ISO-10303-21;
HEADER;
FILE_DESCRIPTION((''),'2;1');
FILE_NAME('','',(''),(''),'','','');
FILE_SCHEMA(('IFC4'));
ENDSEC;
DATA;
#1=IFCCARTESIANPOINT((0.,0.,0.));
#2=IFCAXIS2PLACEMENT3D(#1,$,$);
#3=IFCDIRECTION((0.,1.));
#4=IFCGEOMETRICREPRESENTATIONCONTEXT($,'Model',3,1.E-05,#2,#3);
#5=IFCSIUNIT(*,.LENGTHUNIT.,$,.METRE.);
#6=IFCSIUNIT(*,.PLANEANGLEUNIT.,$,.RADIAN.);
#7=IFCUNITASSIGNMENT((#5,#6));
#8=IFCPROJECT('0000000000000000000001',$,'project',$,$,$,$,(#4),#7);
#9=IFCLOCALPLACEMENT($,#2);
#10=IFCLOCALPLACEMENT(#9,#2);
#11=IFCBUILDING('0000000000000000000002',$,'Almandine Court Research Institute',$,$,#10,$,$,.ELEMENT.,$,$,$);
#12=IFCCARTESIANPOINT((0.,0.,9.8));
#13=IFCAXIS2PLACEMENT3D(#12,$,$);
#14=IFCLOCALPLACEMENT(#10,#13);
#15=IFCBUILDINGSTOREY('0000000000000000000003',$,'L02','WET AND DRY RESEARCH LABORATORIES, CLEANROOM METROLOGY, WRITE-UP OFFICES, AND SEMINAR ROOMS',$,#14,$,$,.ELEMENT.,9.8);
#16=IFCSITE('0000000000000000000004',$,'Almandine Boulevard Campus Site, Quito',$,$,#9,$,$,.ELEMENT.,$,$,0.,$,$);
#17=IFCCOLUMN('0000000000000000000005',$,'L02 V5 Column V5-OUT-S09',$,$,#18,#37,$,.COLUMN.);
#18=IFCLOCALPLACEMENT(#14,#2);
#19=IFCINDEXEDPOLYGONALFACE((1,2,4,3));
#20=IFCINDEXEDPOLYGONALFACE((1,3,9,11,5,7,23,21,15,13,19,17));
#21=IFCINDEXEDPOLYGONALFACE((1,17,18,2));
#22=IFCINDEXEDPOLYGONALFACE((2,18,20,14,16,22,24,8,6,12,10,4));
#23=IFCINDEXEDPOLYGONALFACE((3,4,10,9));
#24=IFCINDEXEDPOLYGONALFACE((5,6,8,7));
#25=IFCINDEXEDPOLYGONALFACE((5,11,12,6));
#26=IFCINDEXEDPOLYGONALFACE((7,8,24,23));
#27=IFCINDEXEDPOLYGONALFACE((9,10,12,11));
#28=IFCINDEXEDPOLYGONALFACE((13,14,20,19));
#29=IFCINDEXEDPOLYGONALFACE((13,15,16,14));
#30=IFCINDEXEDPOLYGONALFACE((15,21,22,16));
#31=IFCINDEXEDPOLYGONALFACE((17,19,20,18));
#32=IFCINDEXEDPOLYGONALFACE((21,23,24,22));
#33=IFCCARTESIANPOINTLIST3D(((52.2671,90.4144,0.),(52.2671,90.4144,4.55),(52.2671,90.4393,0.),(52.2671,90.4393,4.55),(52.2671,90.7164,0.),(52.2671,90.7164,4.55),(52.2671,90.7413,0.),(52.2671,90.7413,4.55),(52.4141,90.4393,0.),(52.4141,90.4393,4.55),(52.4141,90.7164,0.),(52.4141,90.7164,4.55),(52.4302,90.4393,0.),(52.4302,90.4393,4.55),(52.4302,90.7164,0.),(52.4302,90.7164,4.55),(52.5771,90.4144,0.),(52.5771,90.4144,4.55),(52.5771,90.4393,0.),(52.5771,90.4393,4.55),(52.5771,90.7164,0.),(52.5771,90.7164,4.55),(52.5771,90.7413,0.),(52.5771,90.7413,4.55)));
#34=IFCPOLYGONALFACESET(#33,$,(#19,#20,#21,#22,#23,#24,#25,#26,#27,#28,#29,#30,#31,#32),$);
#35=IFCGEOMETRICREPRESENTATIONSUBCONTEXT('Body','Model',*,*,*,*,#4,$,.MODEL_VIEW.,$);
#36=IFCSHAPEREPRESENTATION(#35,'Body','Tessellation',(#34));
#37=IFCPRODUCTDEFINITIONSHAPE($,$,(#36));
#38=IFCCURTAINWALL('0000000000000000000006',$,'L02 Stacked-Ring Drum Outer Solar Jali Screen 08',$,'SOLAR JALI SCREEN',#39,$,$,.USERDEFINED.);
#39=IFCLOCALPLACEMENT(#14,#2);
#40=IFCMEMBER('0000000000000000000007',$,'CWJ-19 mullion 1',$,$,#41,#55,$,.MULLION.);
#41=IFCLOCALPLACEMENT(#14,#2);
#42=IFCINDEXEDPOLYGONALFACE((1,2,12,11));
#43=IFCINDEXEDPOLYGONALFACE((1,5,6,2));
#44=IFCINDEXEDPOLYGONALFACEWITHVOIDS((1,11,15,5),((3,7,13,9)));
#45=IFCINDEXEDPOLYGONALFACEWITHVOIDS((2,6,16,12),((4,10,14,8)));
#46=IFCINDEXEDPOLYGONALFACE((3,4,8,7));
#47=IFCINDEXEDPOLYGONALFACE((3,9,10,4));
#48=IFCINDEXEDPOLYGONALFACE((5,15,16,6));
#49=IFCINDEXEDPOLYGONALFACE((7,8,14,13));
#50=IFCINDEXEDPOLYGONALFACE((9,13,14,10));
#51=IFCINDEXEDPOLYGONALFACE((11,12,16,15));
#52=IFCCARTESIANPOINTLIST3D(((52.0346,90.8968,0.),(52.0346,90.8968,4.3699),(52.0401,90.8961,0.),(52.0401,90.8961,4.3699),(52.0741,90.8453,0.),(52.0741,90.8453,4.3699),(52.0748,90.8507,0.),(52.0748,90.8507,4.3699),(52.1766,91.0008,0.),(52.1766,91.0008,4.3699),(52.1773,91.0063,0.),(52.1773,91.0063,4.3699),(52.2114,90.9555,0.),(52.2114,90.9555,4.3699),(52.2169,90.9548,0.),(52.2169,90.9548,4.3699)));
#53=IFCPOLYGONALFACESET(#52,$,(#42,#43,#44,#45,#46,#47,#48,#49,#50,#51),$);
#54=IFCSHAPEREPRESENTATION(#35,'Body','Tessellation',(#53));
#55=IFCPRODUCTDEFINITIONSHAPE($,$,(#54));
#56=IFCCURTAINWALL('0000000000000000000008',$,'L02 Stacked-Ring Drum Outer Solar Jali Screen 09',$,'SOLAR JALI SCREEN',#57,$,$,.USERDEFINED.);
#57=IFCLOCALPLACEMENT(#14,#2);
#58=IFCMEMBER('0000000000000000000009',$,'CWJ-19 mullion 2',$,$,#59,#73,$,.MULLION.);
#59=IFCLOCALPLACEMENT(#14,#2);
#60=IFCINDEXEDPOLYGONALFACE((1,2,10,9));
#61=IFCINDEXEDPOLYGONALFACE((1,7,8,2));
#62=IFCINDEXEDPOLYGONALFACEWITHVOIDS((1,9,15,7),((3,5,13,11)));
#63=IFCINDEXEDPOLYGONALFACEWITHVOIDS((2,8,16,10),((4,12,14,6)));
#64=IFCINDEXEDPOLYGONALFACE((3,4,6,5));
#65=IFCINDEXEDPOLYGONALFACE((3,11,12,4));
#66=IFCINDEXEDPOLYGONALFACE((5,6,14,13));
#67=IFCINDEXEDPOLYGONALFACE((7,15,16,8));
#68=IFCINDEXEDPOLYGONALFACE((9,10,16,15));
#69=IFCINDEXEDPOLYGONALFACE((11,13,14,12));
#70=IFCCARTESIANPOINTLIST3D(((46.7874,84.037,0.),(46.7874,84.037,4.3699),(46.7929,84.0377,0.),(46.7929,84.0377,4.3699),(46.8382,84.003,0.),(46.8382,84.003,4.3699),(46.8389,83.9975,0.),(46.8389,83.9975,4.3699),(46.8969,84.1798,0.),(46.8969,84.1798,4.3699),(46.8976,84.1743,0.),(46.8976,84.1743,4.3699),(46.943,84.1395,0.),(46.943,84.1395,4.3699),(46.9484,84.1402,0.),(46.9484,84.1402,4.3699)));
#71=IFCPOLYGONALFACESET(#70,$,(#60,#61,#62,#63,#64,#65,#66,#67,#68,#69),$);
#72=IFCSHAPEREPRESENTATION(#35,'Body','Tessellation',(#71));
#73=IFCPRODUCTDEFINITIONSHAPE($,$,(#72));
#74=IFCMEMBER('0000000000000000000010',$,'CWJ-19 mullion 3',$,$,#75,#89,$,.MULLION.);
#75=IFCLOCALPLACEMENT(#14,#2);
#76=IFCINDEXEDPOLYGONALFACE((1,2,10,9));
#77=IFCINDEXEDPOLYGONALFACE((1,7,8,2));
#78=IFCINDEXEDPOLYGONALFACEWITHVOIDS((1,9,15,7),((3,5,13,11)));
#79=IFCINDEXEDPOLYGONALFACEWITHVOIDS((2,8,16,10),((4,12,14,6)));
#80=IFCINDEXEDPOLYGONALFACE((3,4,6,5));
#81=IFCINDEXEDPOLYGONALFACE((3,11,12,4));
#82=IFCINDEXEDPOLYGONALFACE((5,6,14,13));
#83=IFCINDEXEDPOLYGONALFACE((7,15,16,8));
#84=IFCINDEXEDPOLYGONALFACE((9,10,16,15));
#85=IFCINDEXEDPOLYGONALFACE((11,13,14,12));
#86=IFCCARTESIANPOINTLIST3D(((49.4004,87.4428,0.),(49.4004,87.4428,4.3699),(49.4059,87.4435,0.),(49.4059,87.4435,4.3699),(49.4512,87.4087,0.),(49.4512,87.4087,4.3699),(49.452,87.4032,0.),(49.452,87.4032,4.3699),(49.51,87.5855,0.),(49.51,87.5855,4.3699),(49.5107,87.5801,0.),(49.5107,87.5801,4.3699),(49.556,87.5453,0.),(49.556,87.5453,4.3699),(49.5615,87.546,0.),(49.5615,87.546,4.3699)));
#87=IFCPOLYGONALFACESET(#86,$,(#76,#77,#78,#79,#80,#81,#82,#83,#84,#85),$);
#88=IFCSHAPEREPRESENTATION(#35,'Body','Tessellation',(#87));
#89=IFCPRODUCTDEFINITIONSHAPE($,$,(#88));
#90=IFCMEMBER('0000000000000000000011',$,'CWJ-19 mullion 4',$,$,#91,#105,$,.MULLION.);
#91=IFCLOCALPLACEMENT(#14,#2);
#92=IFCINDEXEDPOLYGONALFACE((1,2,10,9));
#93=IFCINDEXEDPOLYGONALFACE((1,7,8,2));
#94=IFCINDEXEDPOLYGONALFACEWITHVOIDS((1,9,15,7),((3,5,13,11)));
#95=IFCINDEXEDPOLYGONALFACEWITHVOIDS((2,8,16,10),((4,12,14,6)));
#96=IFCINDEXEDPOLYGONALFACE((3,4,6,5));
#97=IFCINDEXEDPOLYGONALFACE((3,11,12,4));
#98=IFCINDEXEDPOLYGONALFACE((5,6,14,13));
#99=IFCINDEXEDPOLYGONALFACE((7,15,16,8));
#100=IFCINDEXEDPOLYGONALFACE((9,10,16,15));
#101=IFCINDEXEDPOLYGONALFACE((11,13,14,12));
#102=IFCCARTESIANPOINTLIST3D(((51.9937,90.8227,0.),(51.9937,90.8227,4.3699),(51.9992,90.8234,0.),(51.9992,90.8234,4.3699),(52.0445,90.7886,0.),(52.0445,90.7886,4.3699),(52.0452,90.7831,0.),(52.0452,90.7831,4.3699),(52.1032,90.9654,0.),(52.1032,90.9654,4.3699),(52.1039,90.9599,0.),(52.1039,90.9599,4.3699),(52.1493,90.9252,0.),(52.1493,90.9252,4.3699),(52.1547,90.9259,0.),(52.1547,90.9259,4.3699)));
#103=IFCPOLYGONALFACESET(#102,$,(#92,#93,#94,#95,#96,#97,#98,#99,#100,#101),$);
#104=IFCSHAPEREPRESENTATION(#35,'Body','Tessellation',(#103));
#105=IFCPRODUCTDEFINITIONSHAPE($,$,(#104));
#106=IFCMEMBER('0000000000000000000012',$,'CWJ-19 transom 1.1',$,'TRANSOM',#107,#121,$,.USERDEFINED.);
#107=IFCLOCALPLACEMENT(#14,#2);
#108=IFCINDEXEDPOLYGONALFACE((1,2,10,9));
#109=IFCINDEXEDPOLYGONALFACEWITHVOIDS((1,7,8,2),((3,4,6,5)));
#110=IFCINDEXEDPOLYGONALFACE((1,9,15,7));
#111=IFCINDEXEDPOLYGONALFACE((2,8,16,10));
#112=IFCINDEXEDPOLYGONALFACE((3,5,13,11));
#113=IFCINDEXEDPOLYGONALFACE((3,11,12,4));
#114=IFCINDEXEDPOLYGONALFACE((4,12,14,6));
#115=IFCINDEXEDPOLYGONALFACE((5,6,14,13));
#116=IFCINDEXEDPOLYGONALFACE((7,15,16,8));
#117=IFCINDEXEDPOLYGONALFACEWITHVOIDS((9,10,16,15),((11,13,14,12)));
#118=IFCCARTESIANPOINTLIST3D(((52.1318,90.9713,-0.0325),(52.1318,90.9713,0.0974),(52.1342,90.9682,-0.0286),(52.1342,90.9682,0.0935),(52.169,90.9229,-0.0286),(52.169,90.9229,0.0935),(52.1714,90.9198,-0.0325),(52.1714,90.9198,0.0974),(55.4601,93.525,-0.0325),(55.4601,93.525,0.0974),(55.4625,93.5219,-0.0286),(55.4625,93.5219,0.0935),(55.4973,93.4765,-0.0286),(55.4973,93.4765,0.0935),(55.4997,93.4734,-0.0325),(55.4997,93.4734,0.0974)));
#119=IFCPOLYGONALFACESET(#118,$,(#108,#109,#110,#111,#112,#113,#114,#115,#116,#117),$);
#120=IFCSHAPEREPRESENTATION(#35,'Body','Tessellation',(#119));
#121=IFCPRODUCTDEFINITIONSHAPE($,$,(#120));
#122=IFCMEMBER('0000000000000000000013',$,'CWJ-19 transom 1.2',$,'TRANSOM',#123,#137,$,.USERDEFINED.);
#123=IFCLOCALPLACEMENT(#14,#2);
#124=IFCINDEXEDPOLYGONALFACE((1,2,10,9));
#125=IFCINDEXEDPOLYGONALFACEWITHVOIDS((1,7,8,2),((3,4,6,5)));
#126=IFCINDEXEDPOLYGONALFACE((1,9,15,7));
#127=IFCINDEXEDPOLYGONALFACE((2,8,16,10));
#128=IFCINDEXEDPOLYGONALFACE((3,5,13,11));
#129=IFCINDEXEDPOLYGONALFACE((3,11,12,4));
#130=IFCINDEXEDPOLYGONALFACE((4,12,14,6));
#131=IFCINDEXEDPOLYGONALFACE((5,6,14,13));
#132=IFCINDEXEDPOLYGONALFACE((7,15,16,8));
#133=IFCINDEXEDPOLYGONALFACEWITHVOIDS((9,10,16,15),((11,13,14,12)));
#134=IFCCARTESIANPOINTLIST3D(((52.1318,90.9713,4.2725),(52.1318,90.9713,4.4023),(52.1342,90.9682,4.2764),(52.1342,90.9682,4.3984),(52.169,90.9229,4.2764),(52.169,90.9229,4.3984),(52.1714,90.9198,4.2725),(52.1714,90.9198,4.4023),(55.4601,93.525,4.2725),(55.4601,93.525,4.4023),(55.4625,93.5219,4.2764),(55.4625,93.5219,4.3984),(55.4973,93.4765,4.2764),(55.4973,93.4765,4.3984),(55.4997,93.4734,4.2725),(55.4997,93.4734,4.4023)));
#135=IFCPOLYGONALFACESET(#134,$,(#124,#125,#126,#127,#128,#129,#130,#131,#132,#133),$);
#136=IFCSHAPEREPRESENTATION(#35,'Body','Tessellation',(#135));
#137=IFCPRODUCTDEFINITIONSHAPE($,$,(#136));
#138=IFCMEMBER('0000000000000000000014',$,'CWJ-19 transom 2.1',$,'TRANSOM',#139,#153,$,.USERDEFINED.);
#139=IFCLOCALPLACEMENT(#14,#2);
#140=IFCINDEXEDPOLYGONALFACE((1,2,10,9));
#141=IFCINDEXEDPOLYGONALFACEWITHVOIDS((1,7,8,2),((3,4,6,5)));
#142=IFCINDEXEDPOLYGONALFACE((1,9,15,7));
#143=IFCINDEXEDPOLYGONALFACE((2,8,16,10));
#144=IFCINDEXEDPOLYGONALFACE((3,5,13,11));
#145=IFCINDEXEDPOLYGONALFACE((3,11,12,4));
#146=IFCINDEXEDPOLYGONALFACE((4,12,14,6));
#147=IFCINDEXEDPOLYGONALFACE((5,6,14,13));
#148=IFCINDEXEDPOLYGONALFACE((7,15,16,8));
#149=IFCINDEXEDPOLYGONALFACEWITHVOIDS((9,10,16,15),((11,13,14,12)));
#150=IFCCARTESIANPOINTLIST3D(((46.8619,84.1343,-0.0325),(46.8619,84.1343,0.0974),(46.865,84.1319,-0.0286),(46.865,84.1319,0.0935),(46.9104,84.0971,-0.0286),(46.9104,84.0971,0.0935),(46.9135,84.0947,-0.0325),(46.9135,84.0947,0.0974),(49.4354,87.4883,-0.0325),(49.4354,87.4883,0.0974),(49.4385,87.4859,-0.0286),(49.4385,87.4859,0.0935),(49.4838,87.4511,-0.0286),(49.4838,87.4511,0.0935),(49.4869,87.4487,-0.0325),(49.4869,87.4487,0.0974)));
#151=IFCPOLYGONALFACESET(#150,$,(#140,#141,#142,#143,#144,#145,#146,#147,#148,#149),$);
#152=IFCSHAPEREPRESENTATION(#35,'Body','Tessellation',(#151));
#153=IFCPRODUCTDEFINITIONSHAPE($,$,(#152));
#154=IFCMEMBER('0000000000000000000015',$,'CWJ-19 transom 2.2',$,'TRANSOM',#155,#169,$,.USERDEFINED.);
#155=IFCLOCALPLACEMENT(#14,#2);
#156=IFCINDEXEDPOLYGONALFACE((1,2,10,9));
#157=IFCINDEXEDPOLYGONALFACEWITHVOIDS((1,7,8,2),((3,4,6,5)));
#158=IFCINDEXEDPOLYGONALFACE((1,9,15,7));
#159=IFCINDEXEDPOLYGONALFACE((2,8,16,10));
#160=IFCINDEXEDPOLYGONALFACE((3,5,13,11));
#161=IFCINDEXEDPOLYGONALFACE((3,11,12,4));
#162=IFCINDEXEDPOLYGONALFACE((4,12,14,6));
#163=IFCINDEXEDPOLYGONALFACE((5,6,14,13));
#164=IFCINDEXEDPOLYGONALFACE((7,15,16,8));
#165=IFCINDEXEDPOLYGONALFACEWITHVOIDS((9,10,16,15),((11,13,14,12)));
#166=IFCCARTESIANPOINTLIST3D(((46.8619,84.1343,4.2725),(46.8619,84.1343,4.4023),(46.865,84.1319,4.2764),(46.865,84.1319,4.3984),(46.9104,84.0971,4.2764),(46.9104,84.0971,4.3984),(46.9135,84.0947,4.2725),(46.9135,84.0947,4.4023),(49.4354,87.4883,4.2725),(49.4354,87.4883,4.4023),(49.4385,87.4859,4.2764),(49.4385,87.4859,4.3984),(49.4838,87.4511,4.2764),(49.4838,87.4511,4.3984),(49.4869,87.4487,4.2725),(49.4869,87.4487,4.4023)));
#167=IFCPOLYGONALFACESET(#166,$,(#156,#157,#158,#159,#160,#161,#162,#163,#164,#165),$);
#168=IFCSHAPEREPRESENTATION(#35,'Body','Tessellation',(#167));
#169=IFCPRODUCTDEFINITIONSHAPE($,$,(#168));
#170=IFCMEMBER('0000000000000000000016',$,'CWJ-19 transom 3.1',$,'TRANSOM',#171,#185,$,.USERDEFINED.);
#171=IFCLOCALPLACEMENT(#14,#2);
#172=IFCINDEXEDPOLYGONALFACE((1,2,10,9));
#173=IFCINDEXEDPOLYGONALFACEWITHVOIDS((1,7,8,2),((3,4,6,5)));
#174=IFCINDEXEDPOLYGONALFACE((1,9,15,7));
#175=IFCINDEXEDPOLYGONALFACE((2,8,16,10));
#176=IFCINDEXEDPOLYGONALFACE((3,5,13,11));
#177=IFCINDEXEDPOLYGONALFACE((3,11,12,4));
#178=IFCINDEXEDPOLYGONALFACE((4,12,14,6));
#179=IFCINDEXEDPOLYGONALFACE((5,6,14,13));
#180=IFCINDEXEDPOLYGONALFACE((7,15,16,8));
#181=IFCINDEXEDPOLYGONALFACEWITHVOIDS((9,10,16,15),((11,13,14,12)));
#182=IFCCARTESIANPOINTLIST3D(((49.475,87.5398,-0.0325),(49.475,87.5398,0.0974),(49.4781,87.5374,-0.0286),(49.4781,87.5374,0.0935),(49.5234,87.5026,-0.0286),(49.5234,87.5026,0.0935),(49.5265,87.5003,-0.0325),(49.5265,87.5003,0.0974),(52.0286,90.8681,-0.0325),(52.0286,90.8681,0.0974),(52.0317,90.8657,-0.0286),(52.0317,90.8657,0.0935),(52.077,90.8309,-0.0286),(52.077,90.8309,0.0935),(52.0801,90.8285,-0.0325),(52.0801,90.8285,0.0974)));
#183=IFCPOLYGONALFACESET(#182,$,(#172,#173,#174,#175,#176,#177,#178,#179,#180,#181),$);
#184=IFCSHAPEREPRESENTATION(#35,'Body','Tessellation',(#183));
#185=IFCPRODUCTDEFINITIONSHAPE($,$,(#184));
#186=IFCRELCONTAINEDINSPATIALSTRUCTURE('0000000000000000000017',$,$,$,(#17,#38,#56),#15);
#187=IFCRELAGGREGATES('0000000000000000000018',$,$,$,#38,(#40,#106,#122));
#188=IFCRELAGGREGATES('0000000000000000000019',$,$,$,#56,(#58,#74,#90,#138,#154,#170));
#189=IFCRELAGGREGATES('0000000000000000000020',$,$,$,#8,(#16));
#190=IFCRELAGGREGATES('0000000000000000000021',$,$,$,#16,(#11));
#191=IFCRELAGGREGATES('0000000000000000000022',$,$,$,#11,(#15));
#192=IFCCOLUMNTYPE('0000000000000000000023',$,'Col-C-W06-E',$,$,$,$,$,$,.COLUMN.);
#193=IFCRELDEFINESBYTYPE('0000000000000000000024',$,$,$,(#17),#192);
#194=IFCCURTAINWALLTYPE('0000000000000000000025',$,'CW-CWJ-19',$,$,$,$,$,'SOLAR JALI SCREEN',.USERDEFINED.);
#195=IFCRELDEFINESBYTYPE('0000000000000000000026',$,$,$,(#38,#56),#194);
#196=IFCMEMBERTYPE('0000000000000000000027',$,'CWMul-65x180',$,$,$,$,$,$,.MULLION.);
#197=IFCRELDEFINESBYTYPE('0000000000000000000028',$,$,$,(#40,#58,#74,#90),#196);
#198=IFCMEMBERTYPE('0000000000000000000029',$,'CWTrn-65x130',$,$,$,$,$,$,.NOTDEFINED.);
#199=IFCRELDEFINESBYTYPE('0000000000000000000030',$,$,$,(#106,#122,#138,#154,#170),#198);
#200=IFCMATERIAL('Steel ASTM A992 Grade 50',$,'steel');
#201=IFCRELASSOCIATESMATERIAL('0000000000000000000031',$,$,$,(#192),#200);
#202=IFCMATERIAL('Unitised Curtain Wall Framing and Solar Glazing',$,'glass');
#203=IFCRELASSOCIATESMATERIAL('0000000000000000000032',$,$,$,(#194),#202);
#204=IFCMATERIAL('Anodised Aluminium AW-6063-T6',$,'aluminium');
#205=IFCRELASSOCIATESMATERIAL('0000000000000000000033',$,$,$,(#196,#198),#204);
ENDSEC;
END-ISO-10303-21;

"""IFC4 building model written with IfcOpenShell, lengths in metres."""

from ifc_helpers import new_model, si_unit, direction, frame, origin, origin_2d, place, context, subcontext, project, spatial, hollow_rectangle, i_section, extrude, material, material_profile, profile_set, type_object, element, aggregate, save


model = new_model("IFC4")

# Units and contexts
model_context = context("Model", 3, precision=1e-05, world=origin(), true_north=direction((0.0, 1.0)))
body_context = subcontext(model_context, "Body", "Model", "MODEL_VIEW")
ifc_project = project(units=[si_unit("LENGTHUNIT", "METRE"), si_unit("PLANEANGLEUNIT", "RADIAN")], contexts=[model_context])

# Site, building, storey
site_placement = place(None, origin())
site = spatial("IfcSite", under=ifc_project, at=site_placement, Name="Almandine Boulevard Campus Site, Quito", CompositionType="ELEMENT", RefElevation=0.0)
building_placement = place(site_placement, origin())
building = spatial("IfcBuilding", under=site, at=building_placement, Name="Almandine Court Research Institute", CompositionType="ELEMENT")
storey_placement = place(building_placement, frame((0.0, 0.0, 9.8)))
storey = spatial("IfcBuildingStorey", under=building, at=storey_placement, Name="L02", Description="WET AND DRY RESEARCH LABORATORIES, CLEANROOM METROLOGY, WRITE-UP OFFICES, AND SEMINAR ROOMS", CompositionType="ELEMENT", Elevation=9.8)

# Column
ifc_material_1 = material(Name="Steel ASTM A992 Grade 50", Category="steel")
ifc_material_profile_1 = material_profile(ifc_material_1, i_section(OverallWidth=0.3101, OverallDepth=0.3269, WebThickness=0.0161, FlangeThickness=0.0249, at=origin_2d()), Name="W310x158")
ifc_profile_set_1 = profile_set([ifc_material_profile_1], Name="Steel ASTM A992 Grade 50")
column_type = type_object("IfcColumnType", Name="Col-C-W06-E", PredefinedType="COLUMN", material=ifc_profile_set_1)
column_placement = place(storey_placement, frame((52.4221, 90.5779, 0.0), z_axis=(0.0, 0.0, 1.0), x_axis=(1.0, 0.0, 0.0)))
element("IfcColumn", 1, at=column_placement, inside=storey, type_object=column_type, Name="L02 V5 Column V5-OUT-S09", PredefinedType="COLUMN", context=body_context, shape_type="SweptSolid", body=[
    extrude(i_section(OverallWidth=0.3101, OverallDepth=0.3269, WebThickness=0.0161, FlangeThickness=0.0249, at=origin_2d()), origin(), (0.0, 0.0, 1.0), 4.55),
])

# Curtain wall, member
ifc_material_2 = material(Name="Unitised Curtain Wall Framing and Solar Glazing", Category="glass")
curtain_wall_type = type_object("IfcCurtainWallType", Name="CW-CWJ-19", ElementType="SOLAR JALI SCREEN", PredefinedType="USERDEFINED", material=ifc_material_2)
curtain_wall_1_placement = place(storey_placement, origin())
curtain_wall_1 = element("IfcCurtainWall", 2, at=curtain_wall_1_placement, inside=storey, type_object=curtain_wall_type, Name="L02 Stacked-Ring Drum Outer Solar Jali Screen 08", ObjectType="SOLAR JALI SCREEN", PredefinedType="USERDEFINED")
ifc_material_3 = material(Name="Anodised Aluminium AW-6063-T6", Category="aluminium")
ifc_material_profile_2 = material_profile(ifc_material_3, hollow_rectangle(XDim=0.0649, YDim=0.1799, WallThickness=0.0039, at=origin_2d()), Name="ALU RHS 65x180x4")
ifc_profile_set_2 = profile_set([ifc_material_profile_2], Name="Anodised Aluminium AW-6063-T6")
member_type_1 = type_object("IfcMemberType", Name="CWMul-65x180", PredefinedType="MULLION", material=ifc_profile_set_2)
member_1_placement = place(storey_placement, frame((52.1257, 90.9258, 0.0), z_axis=(0.0, 0.0, 1.0), x_axis=(-0.608723, 0.793383, 0.0)))
member_1 = element("IfcMember", 3, at=member_1_placement, type_object=member_type_1, Name="CWJ-19 mullion 1", PredefinedType="MULLION", context=body_context, shape_type="SweptSolid", body=[
    extrude(hollow_rectangle(XDim=0.0649, YDim=0.1799, WallThickness=0.0039, at=origin_2d()), origin(), (0.0, 0.0, 1.0), 4.3699),
])

# Curtain wall, members
curtain_wall_2_placement = place(storey_placement, origin())
curtain_wall_2 = element("IfcCurtainWall", 4, at=curtain_wall_2_placement, inside=storey, type_object=curtain_wall_type, Name="L02 Stacked-Ring Drum Outer Solar Jali Screen 09", ObjectType="SOLAR JALI SCREEN", PredefinedType="USERDEFINED")
member_2_placement = place(storey_placement, frame((46.8679, 84.0886, 0.0), z_axis=(0.0, 0.0, 1.0), x_axis=(-0.793383, 0.608723, 0.0)))
member_2 = element("IfcMember", 5, at=member_2_placement, type_object=member_type_1, Name="CWJ-19 mullion 2", PredefinedType="MULLION", context=body_context, shape_type="SweptSolid", body=[
    extrude(hollow_rectangle(XDim=0.0649, YDim=0.1799, WallThickness=0.0039, at=origin_2d()), origin(), (0.0, 0.0, 1.0), 4.3699),
])
member_3_placement = place(storey_placement, frame((49.481, 87.4944, 0.0), z_axis=(0.0, 0.0, 1.0), x_axis=(-0.793383, 0.608723, 0.0)))
member_3 = element("IfcMember", 6, at=member_3_placement, type_object=member_type_1, Name="CWJ-19 mullion 3", PredefinedType="MULLION", context=body_context, shape_type="SweptSolid", body=[
    extrude(hollow_rectangle(XDim=0.0649, YDim=0.1799, WallThickness=0.0039, at=origin_2d()), origin(), (0.0, 0.0, 1.0), 4.3699),
])
member_4_placement = place(storey_placement, frame((52.0742, 90.8743, 0.0), z_axis=(0.0, 0.0, 1.0), x_axis=(-0.793383, 0.608723, 0.0)))
member_4 = element("IfcMember", 7, at=member_4_placement, type_object=member_type_1, Name="CWJ-19 mullion 4", PredefinedType="MULLION", context=body_context, shape_type="SweptSolid", body=[
    extrude(hollow_rectangle(XDim=0.0649, YDim=0.1799, WallThickness=0.0039, at=origin_2d()), origin(), (0.0, 0.0, 1.0), 4.3699),
])

# Members
ifc_material_profile_3 = material_profile(ifc_material_3, hollow_rectangle(XDim=0.0649, YDim=0.1299, WallThickness=0.0039, at=origin_2d()), Name="ALU RHS 65x130x4")
ifc_profile_set_3 = profile_set([ifc_material_profile_3], Name="Anodised Aluminium AW-6063-T6")
member_type_2 = type_object("IfcMemberType", Name="CWTrn-65x130", PredefinedType="NOTDEFINED", material=ifc_profile_set_3)
member_5_placement = place(storey_placement, frame((52.1516, 90.9456, 0.0325), z_axis=(0.793381, 0.608726, 0.0), x_axis=(-0.608726, 0.793381, 0.0)))
member_5 = element("IfcMember", 8, at=member_5_placement, type_object=member_type_2, Name="CWJ-19 transom 1.1", ObjectType="TRANSOM", PredefinedType="USERDEFINED", context=body_context, shape_type="SweptSolid", body=[
    extrude(hollow_rectangle(XDim=0.0649, YDim=0.1299, WallThickness=0.0039, at=origin_2d()), origin(), (0.0, 0.0, 1.0), 4.1951),
])
member_6_placement = place(storey_placement, frame((52.1516, 90.9456, 4.3374), z_axis=(0.793381, 0.608726, 0.0), x_axis=(-0.608726, 0.793381, 0.0)))
member_6 = element("IfcMember", 9, at=member_6_placement, type_object=member_type_2, Name="CWJ-19 transom 1.2", ObjectType="TRANSOM", PredefinedType="USERDEFINED", context=body_context, shape_type="SweptSolid", body=[
    extrude(hollow_rectangle(XDim=0.0649, YDim=0.1299, WallThickness=0.0039, at=origin_2d()), origin(), (0.0, 0.0, 1.0), 4.1951),
])
member_7_placement = place(storey_placement, frame((46.8877, 84.1145, 0.0325), z_axis=(0.608742, 0.793368, 0.0), x_axis=(-0.793368, 0.608742, 0.0)))
member_7 = element("IfcMember", 10, at=member_7_placement, type_object=member_type_2, Name="CWJ-19 transom 2.1", ObjectType="TRANSOM", PredefinedType="USERDEFINED", context=body_context, shape_type="SweptSolid", body=[
    extrude(hollow_rectangle(XDim=0.0649, YDim=0.1299, WallThickness=0.0039, at=origin_2d()), origin(), (0.0, 0.0, 1.0), 4.2275),
])
member_8_placement = place(storey_placement, frame((46.8877, 84.1145, 4.3374), z_axis=(0.608742, 0.793368, 0.0), x_axis=(-0.793368, 0.608742, 0.0)))
member_8 = element("IfcMember", 11, at=member_8_placement, type_object=member_type_2, Name="CWJ-19 transom 2.2", ObjectType="TRANSOM", PredefinedType="USERDEFINED", context=body_context, shape_type="SweptSolid", body=[
    extrude(hollow_rectangle(XDim=0.0649, YDim=0.1299, WallThickness=0.0039, at=origin_2d()), origin(), (0.0, 0.0, 1.0), 4.2275),
])
member_9_placement = place(storey_placement, frame((49.5007, 87.52, 0.0325), z_axis=(0.608726, 0.793381, 0.0), x_axis=(-0.793381, 0.608726, 0.0)))
member_9 = element("IfcMember", 12, at=member_9_placement, type_object=member_type_2, Name="CWJ-19 transom 3.1", ObjectType="TRANSOM", PredefinedType="USERDEFINED", context=body_context, shape_type="SweptSolid", body=[
    extrude(hollow_rectangle(XDim=0.0649, YDim=0.1299, WallThickness=0.0039, at=origin_2d()), origin(), (0.0, 0.0, 1.0), 4.1951),
])

aggregate(curtain_wall_1, [member_1, member_5, member_6])
aggregate(curtain_wall_2, [member_2, member_3, member_4, member_7, member_8, member_9])

save(model, "model.ifc")
